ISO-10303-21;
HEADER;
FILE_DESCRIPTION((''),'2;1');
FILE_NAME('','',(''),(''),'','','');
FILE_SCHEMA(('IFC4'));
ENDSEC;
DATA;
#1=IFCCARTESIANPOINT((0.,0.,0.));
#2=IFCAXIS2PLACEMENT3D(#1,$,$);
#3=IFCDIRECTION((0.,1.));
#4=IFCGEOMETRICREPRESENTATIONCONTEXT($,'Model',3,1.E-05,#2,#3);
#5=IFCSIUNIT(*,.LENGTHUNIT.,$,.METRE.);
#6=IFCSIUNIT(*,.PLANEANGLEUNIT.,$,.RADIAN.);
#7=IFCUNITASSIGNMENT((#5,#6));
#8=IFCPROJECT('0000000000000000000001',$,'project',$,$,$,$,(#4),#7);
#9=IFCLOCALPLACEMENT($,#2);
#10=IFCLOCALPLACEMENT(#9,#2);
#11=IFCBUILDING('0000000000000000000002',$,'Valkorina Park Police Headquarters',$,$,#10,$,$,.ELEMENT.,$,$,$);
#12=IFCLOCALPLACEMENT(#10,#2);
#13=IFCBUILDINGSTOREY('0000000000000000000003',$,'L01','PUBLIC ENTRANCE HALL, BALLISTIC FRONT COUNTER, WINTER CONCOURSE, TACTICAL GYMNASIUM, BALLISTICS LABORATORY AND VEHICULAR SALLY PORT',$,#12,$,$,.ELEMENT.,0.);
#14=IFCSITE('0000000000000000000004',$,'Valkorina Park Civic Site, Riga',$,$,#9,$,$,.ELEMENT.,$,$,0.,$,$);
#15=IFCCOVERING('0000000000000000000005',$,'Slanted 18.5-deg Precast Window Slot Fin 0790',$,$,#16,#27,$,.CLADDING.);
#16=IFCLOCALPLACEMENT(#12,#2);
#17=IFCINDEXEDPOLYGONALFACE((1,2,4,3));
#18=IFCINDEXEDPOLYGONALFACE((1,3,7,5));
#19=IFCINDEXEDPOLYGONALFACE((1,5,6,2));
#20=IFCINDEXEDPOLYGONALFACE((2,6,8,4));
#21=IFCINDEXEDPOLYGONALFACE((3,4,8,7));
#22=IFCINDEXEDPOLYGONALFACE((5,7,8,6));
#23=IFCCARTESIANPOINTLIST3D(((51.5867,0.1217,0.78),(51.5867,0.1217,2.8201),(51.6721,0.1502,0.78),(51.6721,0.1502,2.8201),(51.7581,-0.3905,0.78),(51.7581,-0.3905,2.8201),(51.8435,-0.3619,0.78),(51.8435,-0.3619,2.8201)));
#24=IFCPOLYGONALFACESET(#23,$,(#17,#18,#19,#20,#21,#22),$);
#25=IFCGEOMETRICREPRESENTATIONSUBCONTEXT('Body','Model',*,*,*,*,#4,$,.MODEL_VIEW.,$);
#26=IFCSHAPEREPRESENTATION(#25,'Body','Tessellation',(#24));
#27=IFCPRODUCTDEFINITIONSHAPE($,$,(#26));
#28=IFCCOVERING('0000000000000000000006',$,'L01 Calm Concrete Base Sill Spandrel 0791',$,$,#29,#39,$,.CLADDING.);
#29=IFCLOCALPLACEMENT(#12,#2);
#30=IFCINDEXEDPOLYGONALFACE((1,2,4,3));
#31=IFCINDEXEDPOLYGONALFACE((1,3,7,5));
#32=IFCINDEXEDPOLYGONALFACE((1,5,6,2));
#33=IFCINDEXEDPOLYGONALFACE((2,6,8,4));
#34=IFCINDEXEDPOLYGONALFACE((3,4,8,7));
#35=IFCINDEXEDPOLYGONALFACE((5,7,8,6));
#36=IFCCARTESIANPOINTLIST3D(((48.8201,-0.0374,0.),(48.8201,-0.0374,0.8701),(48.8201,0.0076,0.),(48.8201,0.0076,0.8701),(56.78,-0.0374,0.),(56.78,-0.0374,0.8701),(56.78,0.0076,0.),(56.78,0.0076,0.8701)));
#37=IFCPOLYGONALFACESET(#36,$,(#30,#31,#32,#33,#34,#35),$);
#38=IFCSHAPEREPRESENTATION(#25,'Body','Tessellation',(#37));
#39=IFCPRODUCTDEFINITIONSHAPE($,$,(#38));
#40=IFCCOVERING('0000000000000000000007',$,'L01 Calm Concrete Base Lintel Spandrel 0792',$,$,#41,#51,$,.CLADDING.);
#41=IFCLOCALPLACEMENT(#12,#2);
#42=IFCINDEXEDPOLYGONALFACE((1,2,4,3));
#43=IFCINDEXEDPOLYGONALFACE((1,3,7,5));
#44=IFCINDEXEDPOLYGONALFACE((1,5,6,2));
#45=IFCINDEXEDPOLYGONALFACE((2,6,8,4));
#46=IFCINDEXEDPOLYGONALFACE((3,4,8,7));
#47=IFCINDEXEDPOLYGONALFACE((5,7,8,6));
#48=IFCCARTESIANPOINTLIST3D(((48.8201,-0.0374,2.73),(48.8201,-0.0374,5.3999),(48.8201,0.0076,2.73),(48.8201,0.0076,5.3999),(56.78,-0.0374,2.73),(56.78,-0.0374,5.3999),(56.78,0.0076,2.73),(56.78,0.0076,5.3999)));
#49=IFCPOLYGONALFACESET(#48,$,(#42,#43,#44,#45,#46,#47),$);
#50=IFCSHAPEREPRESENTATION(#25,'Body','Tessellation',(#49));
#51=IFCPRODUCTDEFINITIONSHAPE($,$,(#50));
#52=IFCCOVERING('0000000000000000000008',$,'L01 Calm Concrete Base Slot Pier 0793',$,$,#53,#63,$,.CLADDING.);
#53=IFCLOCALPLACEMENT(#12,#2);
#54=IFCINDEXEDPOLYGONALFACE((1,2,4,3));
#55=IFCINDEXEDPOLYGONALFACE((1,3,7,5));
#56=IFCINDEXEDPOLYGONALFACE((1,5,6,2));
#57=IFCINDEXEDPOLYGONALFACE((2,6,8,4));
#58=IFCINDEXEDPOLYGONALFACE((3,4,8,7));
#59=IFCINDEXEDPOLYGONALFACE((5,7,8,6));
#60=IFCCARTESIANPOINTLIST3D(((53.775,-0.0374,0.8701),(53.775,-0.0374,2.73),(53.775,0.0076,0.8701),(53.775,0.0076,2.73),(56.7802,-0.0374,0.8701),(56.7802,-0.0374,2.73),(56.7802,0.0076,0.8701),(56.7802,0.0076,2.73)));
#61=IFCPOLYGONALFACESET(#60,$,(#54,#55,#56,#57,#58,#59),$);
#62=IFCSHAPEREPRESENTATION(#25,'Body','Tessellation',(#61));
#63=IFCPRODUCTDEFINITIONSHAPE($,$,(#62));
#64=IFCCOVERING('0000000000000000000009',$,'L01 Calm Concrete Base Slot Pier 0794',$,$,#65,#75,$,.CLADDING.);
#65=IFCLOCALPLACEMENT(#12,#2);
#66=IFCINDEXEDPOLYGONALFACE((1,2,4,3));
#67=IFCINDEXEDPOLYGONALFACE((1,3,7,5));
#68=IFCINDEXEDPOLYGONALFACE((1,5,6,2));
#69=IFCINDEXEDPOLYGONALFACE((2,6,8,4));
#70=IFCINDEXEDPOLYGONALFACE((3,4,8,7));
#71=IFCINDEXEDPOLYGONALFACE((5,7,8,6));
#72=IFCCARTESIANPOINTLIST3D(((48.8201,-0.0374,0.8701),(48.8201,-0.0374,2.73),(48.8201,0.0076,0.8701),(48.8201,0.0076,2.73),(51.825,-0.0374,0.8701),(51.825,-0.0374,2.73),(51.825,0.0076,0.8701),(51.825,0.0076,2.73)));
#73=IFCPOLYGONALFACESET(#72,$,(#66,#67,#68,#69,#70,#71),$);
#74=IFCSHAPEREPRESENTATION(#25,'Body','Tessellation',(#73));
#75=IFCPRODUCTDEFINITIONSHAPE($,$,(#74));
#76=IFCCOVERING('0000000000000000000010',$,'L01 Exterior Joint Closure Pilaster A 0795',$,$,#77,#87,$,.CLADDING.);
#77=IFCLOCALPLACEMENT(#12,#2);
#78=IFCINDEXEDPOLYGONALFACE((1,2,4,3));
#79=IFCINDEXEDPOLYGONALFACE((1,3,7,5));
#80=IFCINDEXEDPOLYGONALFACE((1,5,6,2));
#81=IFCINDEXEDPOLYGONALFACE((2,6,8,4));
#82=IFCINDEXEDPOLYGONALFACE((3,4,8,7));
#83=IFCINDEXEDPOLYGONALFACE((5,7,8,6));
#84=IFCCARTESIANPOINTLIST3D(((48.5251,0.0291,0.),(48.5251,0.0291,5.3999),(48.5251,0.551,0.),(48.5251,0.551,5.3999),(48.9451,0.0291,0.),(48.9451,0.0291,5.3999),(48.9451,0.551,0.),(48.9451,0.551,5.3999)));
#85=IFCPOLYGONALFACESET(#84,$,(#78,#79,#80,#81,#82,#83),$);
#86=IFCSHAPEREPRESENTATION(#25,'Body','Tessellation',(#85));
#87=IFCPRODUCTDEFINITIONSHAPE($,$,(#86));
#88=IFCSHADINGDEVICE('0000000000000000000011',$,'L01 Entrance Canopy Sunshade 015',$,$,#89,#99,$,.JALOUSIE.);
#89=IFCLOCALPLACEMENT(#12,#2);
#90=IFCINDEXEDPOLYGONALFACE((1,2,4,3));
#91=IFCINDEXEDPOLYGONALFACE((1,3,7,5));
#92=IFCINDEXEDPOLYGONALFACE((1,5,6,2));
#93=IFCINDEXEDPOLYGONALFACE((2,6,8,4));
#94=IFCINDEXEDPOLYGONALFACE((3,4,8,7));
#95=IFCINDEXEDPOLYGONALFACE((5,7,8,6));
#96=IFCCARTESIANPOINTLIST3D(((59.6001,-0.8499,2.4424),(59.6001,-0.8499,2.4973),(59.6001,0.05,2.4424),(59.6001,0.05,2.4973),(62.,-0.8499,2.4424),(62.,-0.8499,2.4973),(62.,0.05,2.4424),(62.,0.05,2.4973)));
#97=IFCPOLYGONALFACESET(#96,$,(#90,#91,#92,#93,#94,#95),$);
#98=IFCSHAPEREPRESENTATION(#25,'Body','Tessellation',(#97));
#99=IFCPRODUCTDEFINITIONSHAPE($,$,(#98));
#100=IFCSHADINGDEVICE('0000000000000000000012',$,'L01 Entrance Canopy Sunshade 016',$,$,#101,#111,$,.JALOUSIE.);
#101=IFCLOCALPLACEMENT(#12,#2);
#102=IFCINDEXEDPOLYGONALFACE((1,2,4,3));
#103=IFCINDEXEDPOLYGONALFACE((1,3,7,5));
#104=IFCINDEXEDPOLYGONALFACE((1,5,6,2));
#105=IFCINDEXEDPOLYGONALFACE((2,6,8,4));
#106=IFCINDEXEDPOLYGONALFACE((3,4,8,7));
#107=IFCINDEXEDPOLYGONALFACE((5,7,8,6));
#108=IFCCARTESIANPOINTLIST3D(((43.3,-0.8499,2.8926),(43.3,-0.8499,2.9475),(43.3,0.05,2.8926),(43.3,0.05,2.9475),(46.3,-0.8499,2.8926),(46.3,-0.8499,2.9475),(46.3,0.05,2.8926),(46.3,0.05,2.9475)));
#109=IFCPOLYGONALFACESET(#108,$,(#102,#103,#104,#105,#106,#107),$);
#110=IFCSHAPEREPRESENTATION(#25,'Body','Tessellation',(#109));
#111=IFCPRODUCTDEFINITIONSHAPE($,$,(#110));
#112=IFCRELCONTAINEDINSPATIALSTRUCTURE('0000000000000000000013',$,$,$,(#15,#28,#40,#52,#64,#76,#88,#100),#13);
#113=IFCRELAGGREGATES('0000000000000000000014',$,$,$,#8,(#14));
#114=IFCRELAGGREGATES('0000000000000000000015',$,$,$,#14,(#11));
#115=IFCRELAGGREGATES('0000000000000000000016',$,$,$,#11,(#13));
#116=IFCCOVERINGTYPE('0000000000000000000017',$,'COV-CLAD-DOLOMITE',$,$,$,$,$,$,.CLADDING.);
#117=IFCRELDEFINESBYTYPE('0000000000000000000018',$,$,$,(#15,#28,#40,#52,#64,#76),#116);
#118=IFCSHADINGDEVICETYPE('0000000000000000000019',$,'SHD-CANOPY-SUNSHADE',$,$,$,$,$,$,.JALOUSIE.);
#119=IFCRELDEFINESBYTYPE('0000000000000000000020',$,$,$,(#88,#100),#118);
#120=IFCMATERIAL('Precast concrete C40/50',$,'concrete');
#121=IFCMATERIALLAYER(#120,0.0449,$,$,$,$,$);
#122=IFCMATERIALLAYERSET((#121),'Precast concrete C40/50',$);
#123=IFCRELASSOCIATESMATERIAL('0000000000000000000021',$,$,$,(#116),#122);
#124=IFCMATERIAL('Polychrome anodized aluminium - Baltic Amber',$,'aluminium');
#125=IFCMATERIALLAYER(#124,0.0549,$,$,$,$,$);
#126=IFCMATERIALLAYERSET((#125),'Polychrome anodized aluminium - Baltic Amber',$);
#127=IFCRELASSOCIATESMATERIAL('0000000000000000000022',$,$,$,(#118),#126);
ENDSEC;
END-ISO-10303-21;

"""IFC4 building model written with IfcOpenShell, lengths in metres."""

from ifc_helpers import new_model, si_unit, direction, frame, frame_2d, origin, origin_2d, place, context, subcontext, project, spatial, rectangle, extrude, material, layer, layer_set, type_object, element, save


model = new_model("IFC4")

# Units and contexts
model_context = context("Model", 3, precision=1e-05, world=origin(), true_north=direction((0.0, 1.0)))
body_context = subcontext(model_context, "Body", "Model", "MODEL_VIEW")
ifc_project = project(units=[si_unit("LENGTHUNIT", "METRE"), si_unit("PLANEANGLEUNIT", "RADIAN")], contexts=[model_context])

# Site, building, storey
site_placement = place(None, origin())
site = spatial("IfcSite", under=ifc_project, at=site_placement, Name="Valkorina Park Civic Site, Riga", CompositionType="ELEMENT", RefElevation=0.0)
building_placement = place(site_placement, origin())
building = spatial("IfcBuilding", under=site, at=building_placement, Name="Valkorina Park Police Headquarters", CompositionType="ELEMENT")
storey_placement = place(building_placement, origin())
storey = spatial("IfcBuildingStorey", under=building, at=storey_placement, Name="L01", Description="PUBLIC ENTRANCE HALL, BALLISTIC FRONT COUNTER, WINTER CONCOURSE, TACTICAL GYMNASIUM, BALLISTICS LABORATORY AND VEHICULAR SALLY PORT", CompositionType="ELEMENT", Elevation=0.0)

# Coverings
ifc_material_1 = material(Name="Precast concrete C40/50", Category="concrete")
ifc_layer_1 = layer(ifc_material_1, 0.0449)
ifc_layer_set_1 = layer_set([ifc_layer_1], Name="Precast concrete C40/50")
covering_type = type_object("IfcCoveringType", Name="COV-CLAD-DOLOMITE", PredefinedType="CLADDING", material=ifc_layer_set_1)
for number, where, z_axis, x_axis, name in (
    (1, (51.7151, -0.1201, 0.78), (0.0, 0.0, 1.0), (0.317305, -0.948324, 0.0), "Slanted 18.5-deg Precast Window Slot Fin 0790"),
):
    element("IfcCovering", number, at=place(storey_placement, frame(where, z_axis=z_axis, x_axis=x_axis)), inside=storey, type_object=covering_type, Name=name, PredefinedType="CLADDING", context=body_context, shape_type="SweptSolid", body=[
        extrude(rectangle(XDim=0.54, YDim=0.0901, at=origin_2d()), origin(), (0.0, 0.0, 1.0), 2.04),
    ])
covering_1_placement = place(storey_placement, frame((56.78, -0.0149, 0.0), z_axis=(0.0, 0.0, 1.0), x_axis=(-1.0, 0.0, 0.0)))
element("IfcCovering", 2, at=covering_1_placement, inside=storey, type_object=covering_type, Name="L01 Calm Concrete Base Sill Spandrel 0791", PredefinedType="CLADDING", context=body_context, shape_type="SweptSolid", body=[
    extrude(rectangle(XDim=7.96, YDim=0.0449, at=frame_2d((3.98, 0.0))), origin(), (0.0, 0.0, 1.0), 0.8701),
])
covering_2_placement = place(storey_placement, frame((56.78, -0.0149, 2.73), z_axis=(0.0, 0.0, 1.0), x_axis=(-1.0, 0.0, 0.0)))
element("IfcCovering", 3, at=covering_2_placement, inside=storey, type_object=covering_type, Name="L01 Calm Concrete Base Lintel Spandrel 0792", PredefinedType="CLADDING", context=body_context, shape_type="SweptSolid", body=[
    extrude(rectangle(XDim=7.96, YDim=0.0449, at=frame_2d((3.98, 0.0))), origin(), (0.0, 0.0, 1.0), 2.6699),
])
covering_3_placement = place(storey_placement, frame((56.78, -0.0149, 0.8701), z_axis=(0.0, 0.0, 1.0), x_axis=(-1.0, 0.0, 0.0)))
element("IfcCovering", 4, at=covering_3_placement, inside=storey, type_object=covering_type, Name="L01 Calm Concrete Base Slot Pier 0793", PredefinedType="CLADDING", context=body_context, shape_type="SweptSolid", body=[
    extrude(rectangle(XDim=3.0051, YDim=0.0449, at=frame_2d((1.5024, 0.0))), origin(), (0.0, 0.0, 1.0), 1.8599),
])
covering_4_placement = place(storey_placement, frame((51.825, -0.0149, 0.8701), z_axis=(0.0, 0.0, 1.0), x_axis=(-1.0, 0.0, 0.0)))
element("IfcCovering", 5, at=covering_4_placement, inside=storey, type_object=covering_type, Name="L01 Calm Concrete Base Slot Pier 0794", PredefinedType="CLADDING", context=body_context, shape_type="SweptSolid", body=[
    extrude(rectangle(XDim=3.0049, YDim=0.0449, at=frame_2d((1.5024, 0.0))), origin(), (0.0, 0.0, 1.0), 1.8599),
])
covering_5_placement = place(storey_placement, frame((48.7351, 0.29, 0.0), z_axis=(0.0, 0.0, 1.0), x_axis=(1.0, 0.0, 0.0)))
element("IfcCovering", 6, at=covering_5_placement, inside=storey, type_object=covering_type, Name="L01 Exterior Joint Closure Pilaster A 0795", PredefinedType="CLADDING", context=body_context, shape_type="SweptSolid", body=[
    extrude(rectangle(XDim=0.4199, YDim=0.522, at=origin_2d()), origin(), (0.0, 0.0, 1.0), 5.3999),
])

# Shading devices
ifc_material_2 = material(Name="Polychrome anodized aluminium - Baltic Amber", Category="aluminium")
ifc_layer_2 = layer(ifc_material_2, 0.0549)
ifc_layer_set_2 = layer_set([ifc_layer_2], Name="Polychrome anodized aluminium - Baltic Amber")
shading_device_type = type_object("IfcShadingDeviceType", Name="SHD-CANOPY-SUNSHADE", PredefinedType="JALOUSIE", material=ifc_layer_set_2)
shading_device_1_placement = place(storey_placement, frame((60.8, -0.3999, 2.4424), z_axis=(0.0, 0.0, 1.0), x_axis=(-1.0, 0.0, 0.0)))
element("IfcShadingDevice", 7, at=shading_device_1_placement, inside=storey, type_object=shading_device_type, Name="L01 Entrance Canopy Sunshade 015", PredefinedType="JALOUSIE", context=body_context, shape_type="SweptSolid", body=[
    extrude(rectangle(XDim=2.3999, YDim=0.8999, at=origin_2d()), origin(), (0.0, 0.0, 1.0), 0.0549),
])
shading_device_2_placement = place(storey_placement, frame((44.8, -0.3999, 2.8926), z_axis=(0.0, 0.0, 1.0), x_axis=(-1.0, 0.0, 0.0)))
element("IfcShadingDevice", 8, at=shading_device_2_placement, inside=storey, type_object=shading_device_type, Name="L01 Entrance Canopy Sunshade 016", PredefinedType="JALOUSIE", context=body_context, shape_type="SweptSolid", body=[
    extrude(rectangle(XDim=3.0, YDim=0.8999, at=origin_2d()), origin(), (0.0, 0.0, 1.0), 0.0549),
])

save(model, "model.ifc")
